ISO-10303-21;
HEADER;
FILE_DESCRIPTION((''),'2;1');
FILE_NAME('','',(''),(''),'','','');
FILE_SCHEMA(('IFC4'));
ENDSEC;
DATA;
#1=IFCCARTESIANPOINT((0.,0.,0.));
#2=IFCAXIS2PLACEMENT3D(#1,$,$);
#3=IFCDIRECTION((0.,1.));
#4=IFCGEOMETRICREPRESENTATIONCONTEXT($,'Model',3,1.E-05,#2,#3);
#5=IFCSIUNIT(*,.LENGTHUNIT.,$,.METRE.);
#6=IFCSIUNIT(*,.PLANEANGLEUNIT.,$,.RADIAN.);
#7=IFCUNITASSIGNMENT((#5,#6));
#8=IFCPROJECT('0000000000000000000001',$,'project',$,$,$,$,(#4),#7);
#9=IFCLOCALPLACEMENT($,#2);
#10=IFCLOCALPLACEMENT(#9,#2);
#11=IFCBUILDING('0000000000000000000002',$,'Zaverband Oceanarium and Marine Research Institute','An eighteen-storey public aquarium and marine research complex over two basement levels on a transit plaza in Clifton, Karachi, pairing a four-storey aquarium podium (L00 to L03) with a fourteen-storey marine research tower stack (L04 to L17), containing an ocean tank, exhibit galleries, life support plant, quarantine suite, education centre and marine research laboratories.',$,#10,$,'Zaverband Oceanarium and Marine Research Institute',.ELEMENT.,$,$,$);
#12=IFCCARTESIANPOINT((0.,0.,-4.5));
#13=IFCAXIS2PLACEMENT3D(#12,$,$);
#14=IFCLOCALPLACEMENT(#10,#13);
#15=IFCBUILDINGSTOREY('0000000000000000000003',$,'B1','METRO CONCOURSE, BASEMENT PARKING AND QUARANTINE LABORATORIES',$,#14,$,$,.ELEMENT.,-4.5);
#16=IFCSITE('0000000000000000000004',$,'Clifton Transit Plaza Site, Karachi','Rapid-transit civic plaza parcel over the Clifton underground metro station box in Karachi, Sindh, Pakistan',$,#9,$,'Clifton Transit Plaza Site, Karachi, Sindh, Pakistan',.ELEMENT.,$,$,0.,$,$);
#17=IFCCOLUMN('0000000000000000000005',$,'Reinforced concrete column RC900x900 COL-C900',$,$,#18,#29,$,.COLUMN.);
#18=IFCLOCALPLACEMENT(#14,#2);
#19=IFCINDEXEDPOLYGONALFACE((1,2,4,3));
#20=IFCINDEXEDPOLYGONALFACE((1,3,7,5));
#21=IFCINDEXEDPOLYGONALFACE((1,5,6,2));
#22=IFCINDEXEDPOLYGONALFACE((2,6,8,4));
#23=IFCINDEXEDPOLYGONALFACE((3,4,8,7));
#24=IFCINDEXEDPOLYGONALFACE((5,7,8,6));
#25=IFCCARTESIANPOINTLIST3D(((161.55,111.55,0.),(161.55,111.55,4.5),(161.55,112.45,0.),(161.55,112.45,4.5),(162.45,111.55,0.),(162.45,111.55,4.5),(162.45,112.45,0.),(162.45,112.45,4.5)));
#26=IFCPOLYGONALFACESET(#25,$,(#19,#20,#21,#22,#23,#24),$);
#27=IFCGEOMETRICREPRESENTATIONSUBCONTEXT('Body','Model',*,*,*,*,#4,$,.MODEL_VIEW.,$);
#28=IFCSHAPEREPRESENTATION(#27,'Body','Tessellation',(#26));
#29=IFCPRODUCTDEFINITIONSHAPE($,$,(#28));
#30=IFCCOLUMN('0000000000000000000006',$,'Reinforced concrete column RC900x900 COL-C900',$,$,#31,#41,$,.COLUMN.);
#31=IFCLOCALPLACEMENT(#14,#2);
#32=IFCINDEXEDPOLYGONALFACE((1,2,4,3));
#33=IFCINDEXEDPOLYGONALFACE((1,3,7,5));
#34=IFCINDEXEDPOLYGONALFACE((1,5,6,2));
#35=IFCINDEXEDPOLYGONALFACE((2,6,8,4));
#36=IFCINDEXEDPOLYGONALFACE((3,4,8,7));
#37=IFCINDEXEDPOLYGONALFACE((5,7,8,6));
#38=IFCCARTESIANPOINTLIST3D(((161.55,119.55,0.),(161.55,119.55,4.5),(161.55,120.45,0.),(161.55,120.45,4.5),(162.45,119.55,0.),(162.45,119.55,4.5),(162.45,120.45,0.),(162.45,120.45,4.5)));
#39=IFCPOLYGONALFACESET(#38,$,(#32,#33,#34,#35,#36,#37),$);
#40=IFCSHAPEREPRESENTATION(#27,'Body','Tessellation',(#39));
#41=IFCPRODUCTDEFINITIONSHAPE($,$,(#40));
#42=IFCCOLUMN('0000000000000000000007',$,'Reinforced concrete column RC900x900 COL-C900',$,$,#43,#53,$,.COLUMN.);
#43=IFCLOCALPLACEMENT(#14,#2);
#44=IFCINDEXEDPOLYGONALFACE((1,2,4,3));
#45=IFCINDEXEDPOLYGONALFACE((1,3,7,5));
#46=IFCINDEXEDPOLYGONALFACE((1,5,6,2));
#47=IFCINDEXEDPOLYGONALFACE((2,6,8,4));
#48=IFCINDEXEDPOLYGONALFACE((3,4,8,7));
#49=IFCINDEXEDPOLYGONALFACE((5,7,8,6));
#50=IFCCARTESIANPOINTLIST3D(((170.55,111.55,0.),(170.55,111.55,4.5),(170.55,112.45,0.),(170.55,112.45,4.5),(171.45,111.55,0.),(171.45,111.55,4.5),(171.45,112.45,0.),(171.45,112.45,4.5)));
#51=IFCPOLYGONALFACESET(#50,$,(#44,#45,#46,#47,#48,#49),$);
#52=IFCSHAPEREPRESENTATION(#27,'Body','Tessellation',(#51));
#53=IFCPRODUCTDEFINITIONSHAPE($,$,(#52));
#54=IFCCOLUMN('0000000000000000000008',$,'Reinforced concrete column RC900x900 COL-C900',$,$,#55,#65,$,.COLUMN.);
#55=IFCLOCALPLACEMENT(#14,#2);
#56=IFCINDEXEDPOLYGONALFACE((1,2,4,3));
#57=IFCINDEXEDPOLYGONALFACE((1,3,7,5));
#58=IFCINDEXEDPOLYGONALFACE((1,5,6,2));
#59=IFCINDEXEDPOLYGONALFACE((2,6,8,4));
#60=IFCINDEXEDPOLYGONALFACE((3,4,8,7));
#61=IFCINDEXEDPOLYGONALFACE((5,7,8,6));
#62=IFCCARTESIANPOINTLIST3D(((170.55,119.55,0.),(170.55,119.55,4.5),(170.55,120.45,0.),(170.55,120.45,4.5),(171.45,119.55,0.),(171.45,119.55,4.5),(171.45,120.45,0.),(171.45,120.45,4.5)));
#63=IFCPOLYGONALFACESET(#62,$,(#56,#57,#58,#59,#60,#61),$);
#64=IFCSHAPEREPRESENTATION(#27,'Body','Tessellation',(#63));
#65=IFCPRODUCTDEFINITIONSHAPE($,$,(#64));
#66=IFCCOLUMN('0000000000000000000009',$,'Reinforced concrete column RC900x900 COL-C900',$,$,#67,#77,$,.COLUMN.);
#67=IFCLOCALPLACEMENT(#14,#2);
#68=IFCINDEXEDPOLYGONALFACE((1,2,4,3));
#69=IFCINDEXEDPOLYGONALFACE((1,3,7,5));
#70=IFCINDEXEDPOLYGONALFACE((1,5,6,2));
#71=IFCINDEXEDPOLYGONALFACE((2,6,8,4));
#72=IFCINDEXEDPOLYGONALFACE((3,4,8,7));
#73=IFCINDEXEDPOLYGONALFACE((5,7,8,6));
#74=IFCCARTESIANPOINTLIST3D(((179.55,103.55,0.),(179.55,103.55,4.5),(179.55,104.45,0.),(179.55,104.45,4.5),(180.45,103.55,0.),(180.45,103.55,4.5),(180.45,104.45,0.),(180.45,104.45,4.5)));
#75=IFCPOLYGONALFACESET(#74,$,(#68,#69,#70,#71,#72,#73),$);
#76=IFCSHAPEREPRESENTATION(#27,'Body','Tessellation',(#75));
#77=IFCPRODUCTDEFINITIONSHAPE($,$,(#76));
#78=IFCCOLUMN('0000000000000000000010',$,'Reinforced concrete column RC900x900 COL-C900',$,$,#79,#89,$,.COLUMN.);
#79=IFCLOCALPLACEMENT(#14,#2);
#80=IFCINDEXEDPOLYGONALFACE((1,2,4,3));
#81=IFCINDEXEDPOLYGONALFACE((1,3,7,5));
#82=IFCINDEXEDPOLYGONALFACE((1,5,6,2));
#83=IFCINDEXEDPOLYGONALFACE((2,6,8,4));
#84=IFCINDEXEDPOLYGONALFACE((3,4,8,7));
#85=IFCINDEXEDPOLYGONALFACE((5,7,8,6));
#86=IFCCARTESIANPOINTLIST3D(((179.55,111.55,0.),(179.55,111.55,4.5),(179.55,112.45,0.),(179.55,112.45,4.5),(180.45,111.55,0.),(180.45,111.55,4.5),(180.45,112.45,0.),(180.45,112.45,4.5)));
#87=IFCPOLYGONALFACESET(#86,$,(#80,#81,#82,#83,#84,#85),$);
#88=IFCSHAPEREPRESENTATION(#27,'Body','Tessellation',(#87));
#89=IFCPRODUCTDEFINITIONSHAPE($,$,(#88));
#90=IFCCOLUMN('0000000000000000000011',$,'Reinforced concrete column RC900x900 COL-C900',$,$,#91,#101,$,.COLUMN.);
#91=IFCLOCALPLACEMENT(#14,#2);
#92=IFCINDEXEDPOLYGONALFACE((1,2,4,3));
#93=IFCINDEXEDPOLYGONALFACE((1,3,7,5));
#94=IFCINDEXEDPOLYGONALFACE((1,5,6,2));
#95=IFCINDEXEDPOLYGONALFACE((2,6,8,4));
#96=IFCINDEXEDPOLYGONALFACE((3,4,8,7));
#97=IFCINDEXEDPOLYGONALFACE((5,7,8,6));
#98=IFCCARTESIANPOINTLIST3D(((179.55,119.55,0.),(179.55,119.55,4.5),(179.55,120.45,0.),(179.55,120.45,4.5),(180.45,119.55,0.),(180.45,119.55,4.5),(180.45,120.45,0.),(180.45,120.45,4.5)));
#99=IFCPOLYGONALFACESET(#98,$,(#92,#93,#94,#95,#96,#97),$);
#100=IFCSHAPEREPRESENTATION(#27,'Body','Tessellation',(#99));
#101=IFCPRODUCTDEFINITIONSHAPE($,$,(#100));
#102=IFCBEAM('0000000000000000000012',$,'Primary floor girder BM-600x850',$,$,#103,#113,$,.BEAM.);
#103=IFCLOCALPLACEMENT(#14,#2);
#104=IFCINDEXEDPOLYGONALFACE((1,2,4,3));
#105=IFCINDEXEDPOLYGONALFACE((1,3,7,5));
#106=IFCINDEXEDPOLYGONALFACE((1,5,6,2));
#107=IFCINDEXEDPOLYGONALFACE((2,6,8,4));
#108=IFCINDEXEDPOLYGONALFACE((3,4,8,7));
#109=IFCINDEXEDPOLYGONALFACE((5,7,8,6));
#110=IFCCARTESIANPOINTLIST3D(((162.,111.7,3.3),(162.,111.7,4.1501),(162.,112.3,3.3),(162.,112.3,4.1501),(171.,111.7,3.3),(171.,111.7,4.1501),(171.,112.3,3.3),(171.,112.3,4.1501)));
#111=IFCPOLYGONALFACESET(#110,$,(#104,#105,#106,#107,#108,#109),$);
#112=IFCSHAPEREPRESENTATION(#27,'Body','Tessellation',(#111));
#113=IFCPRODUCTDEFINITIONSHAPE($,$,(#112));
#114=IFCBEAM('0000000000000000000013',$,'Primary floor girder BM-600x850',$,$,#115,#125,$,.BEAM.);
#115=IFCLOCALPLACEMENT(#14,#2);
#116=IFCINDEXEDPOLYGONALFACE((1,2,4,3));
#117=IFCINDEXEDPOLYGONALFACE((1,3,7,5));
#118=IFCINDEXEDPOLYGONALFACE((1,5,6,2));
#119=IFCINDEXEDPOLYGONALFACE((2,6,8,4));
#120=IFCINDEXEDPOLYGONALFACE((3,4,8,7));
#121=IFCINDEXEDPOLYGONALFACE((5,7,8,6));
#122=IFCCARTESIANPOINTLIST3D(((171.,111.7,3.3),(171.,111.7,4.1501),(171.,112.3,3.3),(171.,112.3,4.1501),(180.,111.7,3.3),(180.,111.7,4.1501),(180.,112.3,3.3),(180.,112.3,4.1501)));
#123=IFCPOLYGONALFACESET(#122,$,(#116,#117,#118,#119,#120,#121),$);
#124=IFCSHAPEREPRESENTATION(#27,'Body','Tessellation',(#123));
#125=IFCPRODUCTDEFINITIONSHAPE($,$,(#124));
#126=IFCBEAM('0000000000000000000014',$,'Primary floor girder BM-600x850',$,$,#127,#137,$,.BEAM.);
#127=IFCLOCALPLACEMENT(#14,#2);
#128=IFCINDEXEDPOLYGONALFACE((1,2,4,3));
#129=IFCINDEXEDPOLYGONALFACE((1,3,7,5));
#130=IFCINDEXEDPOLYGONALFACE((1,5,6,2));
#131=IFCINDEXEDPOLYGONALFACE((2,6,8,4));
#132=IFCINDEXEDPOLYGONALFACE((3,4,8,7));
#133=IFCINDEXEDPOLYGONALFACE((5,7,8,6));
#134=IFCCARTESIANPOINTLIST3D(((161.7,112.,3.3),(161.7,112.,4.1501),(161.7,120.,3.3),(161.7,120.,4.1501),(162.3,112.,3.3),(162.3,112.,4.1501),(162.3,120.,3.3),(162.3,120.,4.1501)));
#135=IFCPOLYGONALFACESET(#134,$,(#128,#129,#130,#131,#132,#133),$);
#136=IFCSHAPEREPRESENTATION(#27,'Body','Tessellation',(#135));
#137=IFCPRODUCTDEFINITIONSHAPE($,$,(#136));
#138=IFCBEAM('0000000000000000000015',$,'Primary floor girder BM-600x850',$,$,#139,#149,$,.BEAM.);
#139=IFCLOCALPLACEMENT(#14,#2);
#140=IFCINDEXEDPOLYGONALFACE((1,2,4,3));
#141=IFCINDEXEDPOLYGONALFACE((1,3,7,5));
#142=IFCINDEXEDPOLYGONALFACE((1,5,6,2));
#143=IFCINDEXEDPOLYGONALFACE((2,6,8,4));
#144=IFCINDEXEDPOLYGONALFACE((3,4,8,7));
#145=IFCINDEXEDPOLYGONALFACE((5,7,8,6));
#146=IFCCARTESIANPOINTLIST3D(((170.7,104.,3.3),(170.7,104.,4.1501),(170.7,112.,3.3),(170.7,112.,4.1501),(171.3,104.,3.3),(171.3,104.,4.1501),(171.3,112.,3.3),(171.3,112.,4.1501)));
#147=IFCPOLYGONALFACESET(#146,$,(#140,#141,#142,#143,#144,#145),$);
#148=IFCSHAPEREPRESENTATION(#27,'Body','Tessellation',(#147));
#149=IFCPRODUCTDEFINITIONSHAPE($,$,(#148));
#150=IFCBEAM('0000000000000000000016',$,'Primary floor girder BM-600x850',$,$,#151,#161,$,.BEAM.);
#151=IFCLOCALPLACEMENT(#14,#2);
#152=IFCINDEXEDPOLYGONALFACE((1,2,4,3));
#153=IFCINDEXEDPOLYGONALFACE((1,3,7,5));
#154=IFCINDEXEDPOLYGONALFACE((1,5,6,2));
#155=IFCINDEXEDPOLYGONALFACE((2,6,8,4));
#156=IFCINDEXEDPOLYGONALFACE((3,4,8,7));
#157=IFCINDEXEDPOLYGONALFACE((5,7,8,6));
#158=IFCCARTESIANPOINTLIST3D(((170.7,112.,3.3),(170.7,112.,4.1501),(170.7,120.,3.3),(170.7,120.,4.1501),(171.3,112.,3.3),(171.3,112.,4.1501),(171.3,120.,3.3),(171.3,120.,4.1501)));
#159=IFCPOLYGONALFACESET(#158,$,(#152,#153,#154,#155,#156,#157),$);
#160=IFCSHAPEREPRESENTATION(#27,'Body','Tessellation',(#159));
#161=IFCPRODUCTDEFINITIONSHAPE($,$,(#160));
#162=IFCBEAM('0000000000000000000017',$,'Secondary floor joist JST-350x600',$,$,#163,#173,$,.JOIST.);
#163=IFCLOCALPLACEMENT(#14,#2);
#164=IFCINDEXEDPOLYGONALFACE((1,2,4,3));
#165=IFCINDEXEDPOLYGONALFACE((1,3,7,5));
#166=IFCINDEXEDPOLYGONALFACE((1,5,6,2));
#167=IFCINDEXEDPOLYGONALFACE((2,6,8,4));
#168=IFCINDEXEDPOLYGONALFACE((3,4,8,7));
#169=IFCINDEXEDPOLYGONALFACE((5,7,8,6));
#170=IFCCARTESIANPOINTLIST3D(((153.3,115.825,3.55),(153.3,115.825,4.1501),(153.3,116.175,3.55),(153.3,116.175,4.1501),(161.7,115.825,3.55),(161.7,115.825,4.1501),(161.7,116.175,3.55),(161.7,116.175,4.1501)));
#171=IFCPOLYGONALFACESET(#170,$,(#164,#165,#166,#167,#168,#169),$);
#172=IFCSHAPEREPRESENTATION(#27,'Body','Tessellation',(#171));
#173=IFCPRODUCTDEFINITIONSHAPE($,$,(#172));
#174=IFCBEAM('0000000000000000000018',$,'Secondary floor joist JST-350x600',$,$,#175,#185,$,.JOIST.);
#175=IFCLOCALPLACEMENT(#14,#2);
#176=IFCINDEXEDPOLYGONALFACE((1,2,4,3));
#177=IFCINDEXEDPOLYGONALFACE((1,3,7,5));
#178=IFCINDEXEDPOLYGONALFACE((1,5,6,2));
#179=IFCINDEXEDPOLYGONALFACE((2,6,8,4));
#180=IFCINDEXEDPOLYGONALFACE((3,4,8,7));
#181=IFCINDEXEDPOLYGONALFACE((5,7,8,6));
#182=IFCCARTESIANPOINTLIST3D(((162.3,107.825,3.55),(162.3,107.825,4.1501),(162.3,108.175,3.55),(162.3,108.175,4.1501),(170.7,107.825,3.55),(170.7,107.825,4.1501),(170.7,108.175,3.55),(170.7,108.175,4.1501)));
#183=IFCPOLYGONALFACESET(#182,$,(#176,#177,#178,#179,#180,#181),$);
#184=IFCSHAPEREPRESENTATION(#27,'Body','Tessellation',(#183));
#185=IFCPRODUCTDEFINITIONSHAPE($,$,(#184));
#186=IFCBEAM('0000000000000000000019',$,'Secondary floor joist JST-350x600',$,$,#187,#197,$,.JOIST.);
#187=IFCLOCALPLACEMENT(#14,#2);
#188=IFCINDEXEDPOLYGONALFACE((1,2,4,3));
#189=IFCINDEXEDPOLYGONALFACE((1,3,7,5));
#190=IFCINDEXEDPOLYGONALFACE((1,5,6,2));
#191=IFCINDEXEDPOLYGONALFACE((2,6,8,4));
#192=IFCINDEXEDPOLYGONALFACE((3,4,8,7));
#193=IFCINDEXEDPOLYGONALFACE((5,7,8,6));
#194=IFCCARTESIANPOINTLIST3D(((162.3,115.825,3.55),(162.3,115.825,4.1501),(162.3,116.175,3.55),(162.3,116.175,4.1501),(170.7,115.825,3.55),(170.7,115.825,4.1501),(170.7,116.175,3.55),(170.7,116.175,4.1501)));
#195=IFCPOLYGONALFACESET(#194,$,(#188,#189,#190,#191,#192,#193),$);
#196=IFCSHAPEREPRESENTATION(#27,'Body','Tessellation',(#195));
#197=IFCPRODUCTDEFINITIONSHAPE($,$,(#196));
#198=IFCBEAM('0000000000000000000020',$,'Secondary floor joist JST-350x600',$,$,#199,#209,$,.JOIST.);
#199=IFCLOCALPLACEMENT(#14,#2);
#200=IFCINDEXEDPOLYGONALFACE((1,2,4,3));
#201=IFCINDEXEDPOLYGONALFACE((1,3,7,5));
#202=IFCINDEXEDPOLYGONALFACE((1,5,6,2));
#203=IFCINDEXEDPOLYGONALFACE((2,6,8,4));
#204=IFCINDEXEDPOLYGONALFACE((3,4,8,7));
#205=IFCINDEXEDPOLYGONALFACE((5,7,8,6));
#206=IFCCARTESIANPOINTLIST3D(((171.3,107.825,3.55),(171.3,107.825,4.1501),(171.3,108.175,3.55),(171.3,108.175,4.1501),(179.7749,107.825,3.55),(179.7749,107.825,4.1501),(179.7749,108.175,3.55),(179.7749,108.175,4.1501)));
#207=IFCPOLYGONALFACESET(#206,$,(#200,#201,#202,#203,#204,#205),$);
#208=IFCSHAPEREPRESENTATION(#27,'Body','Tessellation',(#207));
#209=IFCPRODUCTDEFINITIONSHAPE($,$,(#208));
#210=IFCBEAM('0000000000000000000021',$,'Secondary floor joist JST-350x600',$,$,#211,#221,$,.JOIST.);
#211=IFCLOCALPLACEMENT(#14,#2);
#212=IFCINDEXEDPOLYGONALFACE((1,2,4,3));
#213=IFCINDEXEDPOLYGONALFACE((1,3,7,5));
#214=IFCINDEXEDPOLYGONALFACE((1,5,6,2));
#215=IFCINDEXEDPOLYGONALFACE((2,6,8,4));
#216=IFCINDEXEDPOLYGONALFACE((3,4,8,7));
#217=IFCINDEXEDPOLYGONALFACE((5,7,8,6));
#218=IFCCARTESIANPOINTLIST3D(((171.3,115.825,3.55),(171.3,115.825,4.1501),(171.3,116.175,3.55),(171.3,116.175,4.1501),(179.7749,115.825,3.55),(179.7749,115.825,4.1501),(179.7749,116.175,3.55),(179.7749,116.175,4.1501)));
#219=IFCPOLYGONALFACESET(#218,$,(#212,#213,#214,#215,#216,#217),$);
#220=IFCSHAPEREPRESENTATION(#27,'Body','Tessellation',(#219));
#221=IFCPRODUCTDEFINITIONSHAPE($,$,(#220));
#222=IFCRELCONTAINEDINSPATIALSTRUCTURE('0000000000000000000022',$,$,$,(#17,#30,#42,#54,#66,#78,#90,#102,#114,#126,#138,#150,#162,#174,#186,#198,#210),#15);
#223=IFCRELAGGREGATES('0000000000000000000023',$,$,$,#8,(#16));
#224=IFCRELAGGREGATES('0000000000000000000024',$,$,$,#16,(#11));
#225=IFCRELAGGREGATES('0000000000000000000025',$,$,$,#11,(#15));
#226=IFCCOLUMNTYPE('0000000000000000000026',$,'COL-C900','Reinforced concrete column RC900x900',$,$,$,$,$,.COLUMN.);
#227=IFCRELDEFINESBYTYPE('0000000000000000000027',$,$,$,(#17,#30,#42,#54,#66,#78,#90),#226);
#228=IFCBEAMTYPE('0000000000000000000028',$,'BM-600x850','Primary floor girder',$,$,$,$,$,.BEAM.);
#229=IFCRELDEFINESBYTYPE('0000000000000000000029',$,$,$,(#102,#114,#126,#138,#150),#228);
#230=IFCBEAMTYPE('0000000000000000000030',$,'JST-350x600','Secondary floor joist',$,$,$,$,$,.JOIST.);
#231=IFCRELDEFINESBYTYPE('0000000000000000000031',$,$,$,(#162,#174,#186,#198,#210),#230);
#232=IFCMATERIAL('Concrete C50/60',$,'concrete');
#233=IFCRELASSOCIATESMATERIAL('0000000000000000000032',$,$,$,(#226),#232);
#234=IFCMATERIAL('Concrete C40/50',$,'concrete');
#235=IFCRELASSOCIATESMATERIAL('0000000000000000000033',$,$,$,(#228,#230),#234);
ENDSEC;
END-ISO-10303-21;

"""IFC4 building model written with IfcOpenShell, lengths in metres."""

from ifc_helpers import new_model, si_unit, direction, frame, origin, origin_2d, place, context, subcontext, project, spatial, rectangle, extrude, material, material_profile, profile_set, type_object, element, save


model = new_model("IFC4")

# Units and contexts
model_context = context("Model", 3, precision=1e-05, world=origin(), true_north=direction((0.0, 1.0)))
body_context = subcontext(model_context, "Body", "Model", "MODEL_VIEW")
ifc_project = project(units=[si_unit("LENGTHUNIT", "METRE"), si_unit("PLANEANGLEUNIT", "RADIAN")], contexts=[model_context])

# Site, building, storey
site_placement = place(None, origin())
site = spatial("IfcSite", under=ifc_project, at=site_placement, Name="Clifton Transit Plaza Site, Karachi", Description="Rapid-transit civic plaza parcel over the Clifton underground metro station box in Karachi, Sindh, Pakistan", LongName="Clifton Transit Plaza Site, Karachi, Sindh, Pakistan", CompositionType="ELEMENT", RefElevation=0.0)
building_placement = place(site_placement, origin())
building = spatial("IfcBuilding", under=site, at=building_placement, Name="Zaverband Oceanarium and Marine Research Institute", Description="An eighteen-storey public aquarium and marine research complex over two basement levels on a transit plaza in Clifton, Karachi, pairing a four-storey aquarium podium (L00 to L03) with a fourteen-storey marine research tower stack (L04 to L17), containing an ocean tank, exhibit galleries, life support plant, quarantine suite, education centre and marine research laboratories.", LongName="Zaverband Oceanarium and Marine Research Institute", CompositionType="ELEMENT")
storey_placement = place(building_placement, frame((0.0, 0.0, -4.5)))
storey = spatial("IfcBuildingStorey", under=building, at=storey_placement, Name="B1", Description="METRO CONCOURSE, BASEMENT PARKING AND QUARANTINE LABORATORIES", CompositionType="ELEMENT", Elevation=-4.5)

# Columns
ifc_material_1 = material(Name="Concrete C50/60", Category="concrete")
ifc_material_profile_1 = material_profile(ifc_material_1, rectangle(XDim=0.8999, YDim=0.8999, at=origin_2d()), Name="RC900x900")
ifc_profile_set_1 = profile_set([ifc_material_profile_1], Name="Concrete C50/60")
column_type = type_object("IfcColumnType", Name="COL-C900", Description="Reinforced concrete column RC900x900", PredefinedType="COLUMN", material=ifc_profile_set_1)
for number, where, z_axis, x_axis, name in (
    (1, (162.0, 112.0, 0.0), (0.0, 0.0, 1.0), (1.0, 0.0, 0.0), "Reinforced concrete column RC900x900 COL-C900"),
    (2, (162.0, 120.0, 0.0), (0.0, 0.0, 1.0), (1.0, 0.0, 0.0), "Reinforced concrete column RC900x900 COL-C900"),
    (3, (171.0, 112.0, 0.0), (0.0, 0.0, 1.0), (1.0, 0.0, 0.0), "Reinforced concrete column RC900x900 COL-C900"),
    (4, (171.0, 120.0, 0.0), (0.0, 0.0, 1.0), (1.0, 0.0, 0.0), "Reinforced concrete column RC900x900 COL-C900"),
    (5, (180.0, 104.0, 0.0), (0.0, 0.0, 1.0), (1.0, 0.0, 0.0), "Reinforced concrete column RC900x900 COL-C900"),
    (6, (180.0, 112.0, 0.0), (0.0, 0.0, 1.0), (1.0, 0.0, 0.0), "Reinforced concrete column RC900x900 COL-C900"),
    (7, (180.0, 120.0, 0.0), (0.0, 0.0, 1.0), (1.0, 0.0, 0.0), "Reinforced concrete column RC900x900 COL-C900"),
):
    element("IfcColumn", number, at=place(storey_placement, frame(where, z_axis=z_axis, x_axis=x_axis)), inside=storey, type_object=column_type, Name=name, PredefinedType="COLUMN", context=body_context, shape_type="SweptSolid", body=[
        extrude(rectangle(XDim=0.8999, YDim=0.8999, at=origin_2d()), origin(), (0.0, 0.0, 1.0), 4.5),
    ])

# Beams
ifc_material_2 = material(Name="Concrete C40/50", Category="concrete")
ifc_material_profile_2 = material_profile(ifc_material_2, rectangle(XDim=0.6001, YDim=0.8501, at=origin_2d()), Name="RC600x850")
ifc_profile_set_2 = profile_set([ifc_material_profile_2], Name="Concrete C40/50")
beam_type_1 = type_object("IfcBeamType", Name="BM-600x850", Description="Primary floor girder", PredefinedType="BEAM", material=ifc_profile_set_2)
for number, where, z_axis, x_axis, name in (
    (8, (162.0, 112.0, 3.7251), (1.0, 0.0, 0.0), (0.0, 1.0, 0.0), "Primary floor girder BM-600x850"),
    (9, (171.0, 112.0, 3.7251), (1.0, 0.0, 0.0), (0.0, 1.0, 0.0), "Primary floor girder BM-600x850"),
):
    element("IfcBeam", number, at=place(storey_placement, frame(where, z_axis=z_axis, x_axis=x_axis)), inside=storey, type_object=beam_type_1, Name=name, PredefinedType="BEAM", context=body_context, shape_type="SweptSolid", body=[
        extrude(rectangle(XDim=0.6001, YDim=0.8501, at=origin_2d()), origin(), (0.0, 0.0, 1.0), 9.0),
    ])
for number, where, z_axis, x_axis, name in (
    (10, (162.0, 112.0, 3.7251), (0.0, 1.0, 0.0), (-1.0, 0.0, 0.0), "Primary floor girder BM-600x850"),
    (11, (171.0, 104.0, 3.7251), (0.0, 1.0, 0.0), (-1.0, 0.0, 0.0), "Primary floor girder BM-600x850"),
    (12, (171.0, 112.0, 3.7251), (0.0, 1.0, 0.0), (-1.0, 0.0, 0.0), "Primary floor girder BM-600x850"),
):
    element("IfcBeam", number, at=place(storey_placement, frame(where, z_axis=z_axis, x_axis=x_axis)), inside=storey, type_object=beam_type_1, Name=name, PredefinedType="BEAM", context=body_context, shape_type="SweptSolid", body=[
        extrude(rectangle(XDim=0.6001, YDim=0.8501, at=origin_2d()), origin(), (0.0, 0.0, 1.0), 8.0),
    ])
ifc_material_profile_3 = material_profile(ifc_material_2, rectangle(XDim=0.3501, YDim=0.6001, at=origin_2d()), Name="RC350x600")
ifc_profile_set_3 = profile_set([ifc_material_profile_3], Name="Concrete C40/50")
beam_type_2 = type_object("IfcBeamType", Name="JST-350x600", Description="Secondary floor joist", PredefinedType="JOIST", material=ifc_profile_set_3)
for number, where, z_axis, x_axis, name in (
    (13, (153.3, 116.0, 3.8501), (1.0, 0.0, 0.0), (0.0, 1.0, 0.0), "Secondary floor joist JST-350x600"),
    (14, (162.3, 108.0, 3.8501), (1.0, 0.0, 0.0), (0.0, 1.0, 0.0), "Secondary floor joist JST-350x600"),
    (15, (162.3, 116.0, 3.8501), (1.0, 0.0, 0.0), (0.0, 1.0, 0.0), "Secondary floor joist JST-350x600"),
):
    element("IfcBeam", number, at=place(storey_placement, frame(where, z_axis=z_axis, x_axis=x_axis)), inside=storey, type_object=beam_type_2, Name=name, PredefinedType="JOIST", context=body_context, shape_type="SweptSolid", body=[
        extrude(rectangle(XDim=0.3501, YDim=0.6001, at=origin_2d()), origin(), (0.0, 0.0, 1.0), 8.3999),
    ])
for number, where, z_axis, x_axis, name in (
    (16, (171.3, 108.0, 3.8501), (1.0, 0.0, 0.0), (0.0, 1.0, 0.0), "Secondary floor joist JST-350x600"),
    (17, (171.3, 116.0, 3.8501), (1.0, 0.0, 0.0), (0.0, 1.0, 0.0), "Secondary floor joist JST-350x600"),
):
    element("IfcBeam", number, at=place(storey_placement, frame(where, z_axis=z_axis, x_axis=x_axis)), inside=storey, type_object=beam_type_2, Name=name, PredefinedType="JOIST", context=body_context, shape_type="SweptSolid", body=[
        extrude(rectangle(XDim=0.3501, YDim=0.6001, at=origin_2d()), origin(), (0.0, 0.0, 1.0), 8.4749),
    ])

save(model, "model.ifc")
